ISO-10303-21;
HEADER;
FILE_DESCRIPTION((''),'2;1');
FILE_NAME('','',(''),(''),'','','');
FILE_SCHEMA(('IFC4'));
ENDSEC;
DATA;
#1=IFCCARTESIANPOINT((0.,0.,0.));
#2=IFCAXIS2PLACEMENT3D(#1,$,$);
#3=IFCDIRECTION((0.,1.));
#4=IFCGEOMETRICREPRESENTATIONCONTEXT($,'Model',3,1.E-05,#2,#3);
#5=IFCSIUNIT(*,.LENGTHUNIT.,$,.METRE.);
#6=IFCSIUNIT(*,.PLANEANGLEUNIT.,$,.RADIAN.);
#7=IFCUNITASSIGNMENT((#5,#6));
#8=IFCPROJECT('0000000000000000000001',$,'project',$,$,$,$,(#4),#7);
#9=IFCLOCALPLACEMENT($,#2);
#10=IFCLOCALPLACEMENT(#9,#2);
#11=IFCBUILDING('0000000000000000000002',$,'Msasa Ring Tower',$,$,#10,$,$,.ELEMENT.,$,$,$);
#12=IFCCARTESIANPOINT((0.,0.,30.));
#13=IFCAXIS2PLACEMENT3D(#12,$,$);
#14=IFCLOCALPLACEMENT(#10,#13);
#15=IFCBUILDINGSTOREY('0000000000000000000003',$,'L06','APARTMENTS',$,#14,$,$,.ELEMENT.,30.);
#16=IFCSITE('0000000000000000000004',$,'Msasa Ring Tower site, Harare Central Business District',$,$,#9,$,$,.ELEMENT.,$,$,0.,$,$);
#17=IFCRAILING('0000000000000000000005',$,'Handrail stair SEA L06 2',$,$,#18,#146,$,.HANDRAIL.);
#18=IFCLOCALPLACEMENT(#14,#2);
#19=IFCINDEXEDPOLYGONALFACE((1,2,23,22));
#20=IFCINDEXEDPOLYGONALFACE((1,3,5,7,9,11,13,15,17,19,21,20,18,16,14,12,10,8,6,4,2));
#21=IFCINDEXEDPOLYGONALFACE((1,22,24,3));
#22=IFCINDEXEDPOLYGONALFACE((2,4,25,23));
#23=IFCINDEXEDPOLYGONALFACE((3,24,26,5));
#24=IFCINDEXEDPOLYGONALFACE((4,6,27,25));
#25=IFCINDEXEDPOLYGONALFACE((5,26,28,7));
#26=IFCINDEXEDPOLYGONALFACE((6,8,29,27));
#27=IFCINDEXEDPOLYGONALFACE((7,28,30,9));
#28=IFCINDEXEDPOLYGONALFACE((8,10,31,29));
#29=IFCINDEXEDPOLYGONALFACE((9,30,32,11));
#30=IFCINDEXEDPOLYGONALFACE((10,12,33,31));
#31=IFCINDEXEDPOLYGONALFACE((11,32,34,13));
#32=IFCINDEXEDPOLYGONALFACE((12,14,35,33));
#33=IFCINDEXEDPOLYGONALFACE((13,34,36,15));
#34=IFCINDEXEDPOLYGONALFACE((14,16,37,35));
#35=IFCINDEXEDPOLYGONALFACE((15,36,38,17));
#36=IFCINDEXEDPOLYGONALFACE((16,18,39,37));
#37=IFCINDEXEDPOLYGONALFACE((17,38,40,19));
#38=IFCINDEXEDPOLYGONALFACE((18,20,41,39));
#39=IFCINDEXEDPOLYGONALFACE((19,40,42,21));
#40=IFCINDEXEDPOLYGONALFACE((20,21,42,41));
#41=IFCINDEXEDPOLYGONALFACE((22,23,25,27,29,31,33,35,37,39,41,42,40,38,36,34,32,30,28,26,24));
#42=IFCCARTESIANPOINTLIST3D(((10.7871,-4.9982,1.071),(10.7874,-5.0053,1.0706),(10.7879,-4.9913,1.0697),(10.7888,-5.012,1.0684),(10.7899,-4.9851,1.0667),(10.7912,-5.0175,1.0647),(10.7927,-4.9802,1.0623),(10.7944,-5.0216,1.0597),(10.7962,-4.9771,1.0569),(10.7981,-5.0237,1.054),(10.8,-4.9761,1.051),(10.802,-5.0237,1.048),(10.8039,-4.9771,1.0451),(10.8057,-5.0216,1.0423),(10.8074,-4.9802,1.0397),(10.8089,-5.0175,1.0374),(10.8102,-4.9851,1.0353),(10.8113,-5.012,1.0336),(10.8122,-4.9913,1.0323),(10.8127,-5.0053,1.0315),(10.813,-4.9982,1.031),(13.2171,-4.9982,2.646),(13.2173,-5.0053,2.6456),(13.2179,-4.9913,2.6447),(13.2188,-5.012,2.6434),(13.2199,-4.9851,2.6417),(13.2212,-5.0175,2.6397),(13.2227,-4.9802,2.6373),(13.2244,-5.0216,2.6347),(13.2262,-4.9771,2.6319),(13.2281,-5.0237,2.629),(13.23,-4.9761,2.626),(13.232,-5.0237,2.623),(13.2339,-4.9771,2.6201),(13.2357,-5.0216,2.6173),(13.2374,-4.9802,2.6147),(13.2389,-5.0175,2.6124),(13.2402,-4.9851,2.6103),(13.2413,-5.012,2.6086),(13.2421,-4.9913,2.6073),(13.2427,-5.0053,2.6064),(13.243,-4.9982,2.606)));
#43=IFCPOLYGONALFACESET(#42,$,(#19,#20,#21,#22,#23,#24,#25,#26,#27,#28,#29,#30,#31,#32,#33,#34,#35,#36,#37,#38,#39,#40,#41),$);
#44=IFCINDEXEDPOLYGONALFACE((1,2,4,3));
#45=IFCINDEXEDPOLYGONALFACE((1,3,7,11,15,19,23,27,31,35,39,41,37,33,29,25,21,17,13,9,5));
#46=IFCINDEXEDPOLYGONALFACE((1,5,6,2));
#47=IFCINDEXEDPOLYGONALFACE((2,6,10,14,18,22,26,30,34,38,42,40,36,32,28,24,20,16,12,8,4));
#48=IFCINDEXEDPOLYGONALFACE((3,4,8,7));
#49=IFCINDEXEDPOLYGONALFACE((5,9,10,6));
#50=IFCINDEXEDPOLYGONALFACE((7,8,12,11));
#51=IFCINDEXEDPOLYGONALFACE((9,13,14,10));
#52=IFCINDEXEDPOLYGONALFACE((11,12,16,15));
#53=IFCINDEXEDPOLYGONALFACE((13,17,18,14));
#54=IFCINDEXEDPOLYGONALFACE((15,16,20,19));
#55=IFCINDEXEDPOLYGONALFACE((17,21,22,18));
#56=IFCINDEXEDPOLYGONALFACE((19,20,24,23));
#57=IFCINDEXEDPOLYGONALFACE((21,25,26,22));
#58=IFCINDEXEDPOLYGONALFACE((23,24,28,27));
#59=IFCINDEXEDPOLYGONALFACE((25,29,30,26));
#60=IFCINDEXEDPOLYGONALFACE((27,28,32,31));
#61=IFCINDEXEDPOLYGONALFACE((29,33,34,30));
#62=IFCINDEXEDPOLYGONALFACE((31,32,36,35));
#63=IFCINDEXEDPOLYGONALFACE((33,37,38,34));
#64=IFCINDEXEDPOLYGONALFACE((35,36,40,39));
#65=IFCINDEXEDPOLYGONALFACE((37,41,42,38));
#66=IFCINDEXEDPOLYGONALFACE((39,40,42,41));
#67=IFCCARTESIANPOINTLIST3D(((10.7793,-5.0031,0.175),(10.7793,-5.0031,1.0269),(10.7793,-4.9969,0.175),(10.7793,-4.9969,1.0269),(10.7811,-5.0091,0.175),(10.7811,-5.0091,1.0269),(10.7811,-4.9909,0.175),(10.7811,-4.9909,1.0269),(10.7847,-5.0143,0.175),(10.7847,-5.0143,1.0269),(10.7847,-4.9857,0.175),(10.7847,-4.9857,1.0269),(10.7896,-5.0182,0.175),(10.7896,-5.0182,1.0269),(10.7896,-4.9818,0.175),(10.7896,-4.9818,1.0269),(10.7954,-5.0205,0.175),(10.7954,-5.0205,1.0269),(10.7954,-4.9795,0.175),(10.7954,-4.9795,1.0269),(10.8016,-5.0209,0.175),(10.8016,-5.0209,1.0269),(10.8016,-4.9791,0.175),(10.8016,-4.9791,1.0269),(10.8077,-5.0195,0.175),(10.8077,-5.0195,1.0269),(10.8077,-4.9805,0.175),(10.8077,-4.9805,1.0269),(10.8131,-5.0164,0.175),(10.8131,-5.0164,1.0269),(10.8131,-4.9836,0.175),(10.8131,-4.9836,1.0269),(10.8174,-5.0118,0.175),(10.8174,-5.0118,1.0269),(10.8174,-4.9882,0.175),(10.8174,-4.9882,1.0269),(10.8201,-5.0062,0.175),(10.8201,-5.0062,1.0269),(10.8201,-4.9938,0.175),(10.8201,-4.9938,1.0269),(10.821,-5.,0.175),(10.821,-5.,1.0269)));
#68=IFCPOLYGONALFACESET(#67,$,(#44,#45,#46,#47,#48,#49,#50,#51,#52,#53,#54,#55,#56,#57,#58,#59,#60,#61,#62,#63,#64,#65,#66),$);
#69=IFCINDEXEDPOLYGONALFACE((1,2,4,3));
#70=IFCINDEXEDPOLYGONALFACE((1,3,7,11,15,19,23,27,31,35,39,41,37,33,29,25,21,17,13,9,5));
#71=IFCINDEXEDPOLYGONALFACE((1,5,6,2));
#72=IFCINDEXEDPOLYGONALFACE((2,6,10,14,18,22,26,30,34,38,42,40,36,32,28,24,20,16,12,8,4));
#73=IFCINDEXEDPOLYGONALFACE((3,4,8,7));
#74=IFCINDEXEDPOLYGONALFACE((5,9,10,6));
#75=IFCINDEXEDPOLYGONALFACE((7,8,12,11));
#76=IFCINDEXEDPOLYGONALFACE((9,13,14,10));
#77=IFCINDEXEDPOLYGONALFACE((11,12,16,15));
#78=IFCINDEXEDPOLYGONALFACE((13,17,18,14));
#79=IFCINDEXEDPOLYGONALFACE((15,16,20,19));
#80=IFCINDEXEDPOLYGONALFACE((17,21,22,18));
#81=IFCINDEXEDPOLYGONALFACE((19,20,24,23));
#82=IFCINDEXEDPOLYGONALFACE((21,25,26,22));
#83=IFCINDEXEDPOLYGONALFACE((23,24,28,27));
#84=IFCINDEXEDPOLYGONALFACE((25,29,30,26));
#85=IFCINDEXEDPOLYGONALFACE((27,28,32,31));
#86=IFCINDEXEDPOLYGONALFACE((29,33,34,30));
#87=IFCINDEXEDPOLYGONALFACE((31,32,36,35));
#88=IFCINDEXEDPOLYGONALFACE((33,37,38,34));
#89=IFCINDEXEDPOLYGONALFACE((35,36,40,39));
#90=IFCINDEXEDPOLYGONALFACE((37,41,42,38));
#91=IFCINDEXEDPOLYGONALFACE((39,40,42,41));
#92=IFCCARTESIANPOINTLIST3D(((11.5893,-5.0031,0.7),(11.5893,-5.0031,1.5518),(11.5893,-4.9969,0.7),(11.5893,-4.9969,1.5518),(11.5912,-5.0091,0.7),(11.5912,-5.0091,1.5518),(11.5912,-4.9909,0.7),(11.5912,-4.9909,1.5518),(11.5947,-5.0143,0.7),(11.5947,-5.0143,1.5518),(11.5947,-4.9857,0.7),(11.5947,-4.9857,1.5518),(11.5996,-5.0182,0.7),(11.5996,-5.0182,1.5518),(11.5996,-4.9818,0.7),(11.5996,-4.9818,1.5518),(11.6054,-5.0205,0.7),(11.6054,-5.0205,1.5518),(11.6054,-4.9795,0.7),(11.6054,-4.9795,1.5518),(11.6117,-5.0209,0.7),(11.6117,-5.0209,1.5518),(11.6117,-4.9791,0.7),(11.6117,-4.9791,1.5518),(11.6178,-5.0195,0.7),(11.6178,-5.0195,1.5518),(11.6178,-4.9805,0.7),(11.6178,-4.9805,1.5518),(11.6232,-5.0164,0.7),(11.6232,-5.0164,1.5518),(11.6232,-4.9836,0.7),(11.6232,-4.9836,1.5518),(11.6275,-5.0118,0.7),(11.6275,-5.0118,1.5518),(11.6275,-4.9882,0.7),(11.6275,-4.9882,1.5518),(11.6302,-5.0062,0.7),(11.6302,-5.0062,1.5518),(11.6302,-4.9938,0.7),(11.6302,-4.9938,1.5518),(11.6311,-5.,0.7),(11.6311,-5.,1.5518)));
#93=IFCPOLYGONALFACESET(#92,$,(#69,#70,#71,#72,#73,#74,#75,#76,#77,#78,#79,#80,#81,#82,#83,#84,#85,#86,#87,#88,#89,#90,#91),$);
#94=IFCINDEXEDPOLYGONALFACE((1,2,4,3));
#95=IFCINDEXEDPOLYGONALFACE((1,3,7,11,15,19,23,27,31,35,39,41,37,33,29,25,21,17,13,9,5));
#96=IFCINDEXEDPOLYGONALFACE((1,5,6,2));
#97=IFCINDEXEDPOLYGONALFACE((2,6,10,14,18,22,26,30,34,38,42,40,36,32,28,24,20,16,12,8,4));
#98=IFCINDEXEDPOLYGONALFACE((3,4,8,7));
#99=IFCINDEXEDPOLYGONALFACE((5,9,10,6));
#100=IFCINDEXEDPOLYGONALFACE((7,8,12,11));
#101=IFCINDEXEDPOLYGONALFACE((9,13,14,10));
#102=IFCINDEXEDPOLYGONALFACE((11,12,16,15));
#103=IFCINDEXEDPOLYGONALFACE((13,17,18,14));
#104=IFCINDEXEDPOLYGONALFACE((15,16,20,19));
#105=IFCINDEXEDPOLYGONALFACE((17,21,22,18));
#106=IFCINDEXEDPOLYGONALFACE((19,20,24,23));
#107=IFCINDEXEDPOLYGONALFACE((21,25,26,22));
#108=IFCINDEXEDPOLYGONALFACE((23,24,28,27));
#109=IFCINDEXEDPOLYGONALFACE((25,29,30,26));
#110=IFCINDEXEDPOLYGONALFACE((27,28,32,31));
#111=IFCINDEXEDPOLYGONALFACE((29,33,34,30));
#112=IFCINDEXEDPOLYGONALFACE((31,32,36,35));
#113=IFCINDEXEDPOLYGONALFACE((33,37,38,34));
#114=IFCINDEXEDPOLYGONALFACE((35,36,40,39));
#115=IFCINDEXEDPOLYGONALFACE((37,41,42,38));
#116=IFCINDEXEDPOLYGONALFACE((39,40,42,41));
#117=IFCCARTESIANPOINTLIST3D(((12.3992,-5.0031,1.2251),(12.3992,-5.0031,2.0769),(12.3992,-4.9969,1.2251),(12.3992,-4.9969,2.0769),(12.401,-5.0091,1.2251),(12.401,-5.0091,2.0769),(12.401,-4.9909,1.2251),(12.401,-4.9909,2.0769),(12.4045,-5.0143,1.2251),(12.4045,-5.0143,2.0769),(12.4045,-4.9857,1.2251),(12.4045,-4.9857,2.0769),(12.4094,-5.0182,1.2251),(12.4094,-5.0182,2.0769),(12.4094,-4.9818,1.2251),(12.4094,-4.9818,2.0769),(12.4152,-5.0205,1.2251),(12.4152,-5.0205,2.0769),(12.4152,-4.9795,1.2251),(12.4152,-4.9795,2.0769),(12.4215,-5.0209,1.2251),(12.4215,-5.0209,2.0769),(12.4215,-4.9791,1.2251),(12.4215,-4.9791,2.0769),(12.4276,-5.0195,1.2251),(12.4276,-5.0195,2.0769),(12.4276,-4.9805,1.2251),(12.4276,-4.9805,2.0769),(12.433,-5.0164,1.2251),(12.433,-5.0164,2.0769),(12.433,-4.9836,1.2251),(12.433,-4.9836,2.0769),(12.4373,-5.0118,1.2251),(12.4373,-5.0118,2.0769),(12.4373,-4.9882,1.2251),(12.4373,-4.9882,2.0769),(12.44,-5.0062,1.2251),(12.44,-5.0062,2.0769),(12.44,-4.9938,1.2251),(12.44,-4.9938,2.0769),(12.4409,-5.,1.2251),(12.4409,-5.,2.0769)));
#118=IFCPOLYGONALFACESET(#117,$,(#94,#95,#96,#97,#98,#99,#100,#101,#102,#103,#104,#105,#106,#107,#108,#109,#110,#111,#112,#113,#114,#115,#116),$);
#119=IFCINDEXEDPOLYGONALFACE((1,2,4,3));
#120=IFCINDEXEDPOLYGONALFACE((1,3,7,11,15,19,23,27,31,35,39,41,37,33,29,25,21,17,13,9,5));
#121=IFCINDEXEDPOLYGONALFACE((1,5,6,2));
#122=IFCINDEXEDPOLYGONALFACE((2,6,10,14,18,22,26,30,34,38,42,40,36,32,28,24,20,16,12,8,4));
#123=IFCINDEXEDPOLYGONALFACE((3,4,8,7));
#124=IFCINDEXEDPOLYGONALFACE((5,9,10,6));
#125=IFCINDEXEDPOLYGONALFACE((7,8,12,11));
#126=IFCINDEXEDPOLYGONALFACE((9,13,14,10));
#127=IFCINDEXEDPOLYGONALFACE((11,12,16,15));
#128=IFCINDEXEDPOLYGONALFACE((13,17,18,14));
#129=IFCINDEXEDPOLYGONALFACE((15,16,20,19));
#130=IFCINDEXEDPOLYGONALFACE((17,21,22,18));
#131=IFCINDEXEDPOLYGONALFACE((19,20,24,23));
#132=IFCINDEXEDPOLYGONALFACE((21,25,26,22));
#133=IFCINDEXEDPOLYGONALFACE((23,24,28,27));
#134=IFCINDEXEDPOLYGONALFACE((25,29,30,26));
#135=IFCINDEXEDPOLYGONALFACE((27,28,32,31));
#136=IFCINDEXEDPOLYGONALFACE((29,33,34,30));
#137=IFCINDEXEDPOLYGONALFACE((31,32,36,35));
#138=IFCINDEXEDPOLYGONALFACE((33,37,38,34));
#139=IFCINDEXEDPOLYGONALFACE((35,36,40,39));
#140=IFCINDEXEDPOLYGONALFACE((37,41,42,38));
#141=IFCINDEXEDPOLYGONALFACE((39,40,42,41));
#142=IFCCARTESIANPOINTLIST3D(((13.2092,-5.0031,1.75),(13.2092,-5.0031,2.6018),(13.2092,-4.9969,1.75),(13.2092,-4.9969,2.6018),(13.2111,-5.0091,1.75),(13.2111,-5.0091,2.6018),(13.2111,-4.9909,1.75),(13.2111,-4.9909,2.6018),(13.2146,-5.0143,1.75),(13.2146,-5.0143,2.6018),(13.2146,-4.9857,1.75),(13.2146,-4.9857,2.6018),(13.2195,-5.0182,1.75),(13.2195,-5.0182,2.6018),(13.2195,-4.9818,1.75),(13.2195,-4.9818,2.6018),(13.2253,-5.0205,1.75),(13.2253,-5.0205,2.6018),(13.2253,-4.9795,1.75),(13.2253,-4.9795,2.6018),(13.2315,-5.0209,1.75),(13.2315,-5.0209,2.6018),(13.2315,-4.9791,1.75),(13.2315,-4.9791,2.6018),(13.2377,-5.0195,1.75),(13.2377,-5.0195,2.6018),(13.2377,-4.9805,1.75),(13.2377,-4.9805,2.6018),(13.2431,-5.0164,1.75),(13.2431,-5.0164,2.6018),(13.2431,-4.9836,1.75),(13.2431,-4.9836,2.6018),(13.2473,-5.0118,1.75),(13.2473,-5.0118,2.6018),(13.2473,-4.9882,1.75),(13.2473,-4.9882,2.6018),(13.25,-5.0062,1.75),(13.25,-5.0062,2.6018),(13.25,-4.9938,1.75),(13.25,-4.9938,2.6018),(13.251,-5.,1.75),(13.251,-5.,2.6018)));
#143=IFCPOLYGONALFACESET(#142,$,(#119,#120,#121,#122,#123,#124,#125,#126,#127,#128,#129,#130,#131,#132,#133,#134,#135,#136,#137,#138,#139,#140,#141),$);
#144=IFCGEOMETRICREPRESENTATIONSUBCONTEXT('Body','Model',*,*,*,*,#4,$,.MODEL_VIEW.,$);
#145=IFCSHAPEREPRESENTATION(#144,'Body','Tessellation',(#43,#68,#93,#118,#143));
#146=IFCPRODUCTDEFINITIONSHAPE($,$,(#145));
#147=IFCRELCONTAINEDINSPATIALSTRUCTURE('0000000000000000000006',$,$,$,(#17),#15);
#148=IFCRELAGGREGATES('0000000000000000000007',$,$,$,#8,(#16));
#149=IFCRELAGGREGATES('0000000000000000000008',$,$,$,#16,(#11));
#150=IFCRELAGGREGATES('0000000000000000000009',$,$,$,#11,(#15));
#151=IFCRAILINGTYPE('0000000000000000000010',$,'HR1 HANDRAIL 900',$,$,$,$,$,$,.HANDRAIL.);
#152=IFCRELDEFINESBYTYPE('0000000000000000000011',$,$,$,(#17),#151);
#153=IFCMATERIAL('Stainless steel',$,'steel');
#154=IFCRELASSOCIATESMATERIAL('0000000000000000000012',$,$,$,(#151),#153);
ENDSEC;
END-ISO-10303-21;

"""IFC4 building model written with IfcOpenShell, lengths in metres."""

from ifc_helpers import new_model, si_unit, direction, frame, origin, origin_2d, place, context, subcontext, project, spatial, circle, extrude, material, type_object, element, save


model = new_model("IFC4")

# Units and contexts
model_context = context("Model", 3, precision=1e-05, world=origin(), true_north=direction((0.0, 1.0)))
body_context = subcontext(model_context, "Body", "Model", "MODEL_VIEW")
ifc_project = project(units=[si_unit("LENGTHUNIT", "METRE"), si_unit("PLANEANGLEUNIT", "RADIAN")], contexts=[model_context])

# Site, building, storey
site_placement = place(None, origin())
site = spatial("IfcSite", under=ifc_project, at=site_placement, Name="Msasa Ring Tower site, Harare Central Business District", CompositionType="ELEMENT", RefElevation=0.0)
building_placement = place(site_placement, origin())
building = spatial("IfcBuilding", under=site, at=building_placement, Name="Msasa Ring Tower", CompositionType="ELEMENT")
storey_placement = place(building_placement, frame((0.0, 0.0, 30.0)))
storey = spatial("IfcBuildingStorey", under=building, at=storey_placement, Name="L06", Description="APARTMENTS", CompositionType="ELEMENT", Elevation=30.0)

# Railing
ifc_material_1 = material(Name="Stainless steel", Category="steel")
railing_type = type_object("IfcRailingType", Name="HR1 HANDRAIL 900", PredefinedType="HANDRAIL", material=ifc_material_1)
for number, where, name in (
    (1, (10.8, -5.0, 0.175), "Handrail stair SEA L06 2"),
):
    element("IfcRailing", number, at=place(storey_placement, frame(where)), inside=storey, type_object=railing_type, Name=name, PredefinedType="HANDRAIL", context=body_context, shape_type="SweptSolid", body=[
        extrude(circle(Radius=0.0239, at=origin_2d()), frame((0.0, 0.0, 0.876), z_axis=(0.839154, 0.0, 0.543894), x_axis=(0.0, 1.0, 0.0)), (0.0, 0.0, 1.0), 2.8958),
        extrude(circle(Radius=0.021, at=origin_2d()), origin(), (0.0, 0.0, 1.0), 0.8518),
        extrude(circle(Radius=0.021, at=origin_2d()), frame((0.8101, 0.0, 0.5249)), (0.0, 0.0, 1.0), 0.8518),
        extrude(circle(Radius=0.021, at=origin_2d()), frame((1.6199, 0.0, 1.05)), (0.0, 0.0, 1.0), 0.8518),
        extrude(circle(Radius=0.021, at=origin_2d()), frame((2.4299, 0.0, 1.575)), (0.0, 0.0, 1.0), 0.8518),
    ])

save(model, "model.ifc")
